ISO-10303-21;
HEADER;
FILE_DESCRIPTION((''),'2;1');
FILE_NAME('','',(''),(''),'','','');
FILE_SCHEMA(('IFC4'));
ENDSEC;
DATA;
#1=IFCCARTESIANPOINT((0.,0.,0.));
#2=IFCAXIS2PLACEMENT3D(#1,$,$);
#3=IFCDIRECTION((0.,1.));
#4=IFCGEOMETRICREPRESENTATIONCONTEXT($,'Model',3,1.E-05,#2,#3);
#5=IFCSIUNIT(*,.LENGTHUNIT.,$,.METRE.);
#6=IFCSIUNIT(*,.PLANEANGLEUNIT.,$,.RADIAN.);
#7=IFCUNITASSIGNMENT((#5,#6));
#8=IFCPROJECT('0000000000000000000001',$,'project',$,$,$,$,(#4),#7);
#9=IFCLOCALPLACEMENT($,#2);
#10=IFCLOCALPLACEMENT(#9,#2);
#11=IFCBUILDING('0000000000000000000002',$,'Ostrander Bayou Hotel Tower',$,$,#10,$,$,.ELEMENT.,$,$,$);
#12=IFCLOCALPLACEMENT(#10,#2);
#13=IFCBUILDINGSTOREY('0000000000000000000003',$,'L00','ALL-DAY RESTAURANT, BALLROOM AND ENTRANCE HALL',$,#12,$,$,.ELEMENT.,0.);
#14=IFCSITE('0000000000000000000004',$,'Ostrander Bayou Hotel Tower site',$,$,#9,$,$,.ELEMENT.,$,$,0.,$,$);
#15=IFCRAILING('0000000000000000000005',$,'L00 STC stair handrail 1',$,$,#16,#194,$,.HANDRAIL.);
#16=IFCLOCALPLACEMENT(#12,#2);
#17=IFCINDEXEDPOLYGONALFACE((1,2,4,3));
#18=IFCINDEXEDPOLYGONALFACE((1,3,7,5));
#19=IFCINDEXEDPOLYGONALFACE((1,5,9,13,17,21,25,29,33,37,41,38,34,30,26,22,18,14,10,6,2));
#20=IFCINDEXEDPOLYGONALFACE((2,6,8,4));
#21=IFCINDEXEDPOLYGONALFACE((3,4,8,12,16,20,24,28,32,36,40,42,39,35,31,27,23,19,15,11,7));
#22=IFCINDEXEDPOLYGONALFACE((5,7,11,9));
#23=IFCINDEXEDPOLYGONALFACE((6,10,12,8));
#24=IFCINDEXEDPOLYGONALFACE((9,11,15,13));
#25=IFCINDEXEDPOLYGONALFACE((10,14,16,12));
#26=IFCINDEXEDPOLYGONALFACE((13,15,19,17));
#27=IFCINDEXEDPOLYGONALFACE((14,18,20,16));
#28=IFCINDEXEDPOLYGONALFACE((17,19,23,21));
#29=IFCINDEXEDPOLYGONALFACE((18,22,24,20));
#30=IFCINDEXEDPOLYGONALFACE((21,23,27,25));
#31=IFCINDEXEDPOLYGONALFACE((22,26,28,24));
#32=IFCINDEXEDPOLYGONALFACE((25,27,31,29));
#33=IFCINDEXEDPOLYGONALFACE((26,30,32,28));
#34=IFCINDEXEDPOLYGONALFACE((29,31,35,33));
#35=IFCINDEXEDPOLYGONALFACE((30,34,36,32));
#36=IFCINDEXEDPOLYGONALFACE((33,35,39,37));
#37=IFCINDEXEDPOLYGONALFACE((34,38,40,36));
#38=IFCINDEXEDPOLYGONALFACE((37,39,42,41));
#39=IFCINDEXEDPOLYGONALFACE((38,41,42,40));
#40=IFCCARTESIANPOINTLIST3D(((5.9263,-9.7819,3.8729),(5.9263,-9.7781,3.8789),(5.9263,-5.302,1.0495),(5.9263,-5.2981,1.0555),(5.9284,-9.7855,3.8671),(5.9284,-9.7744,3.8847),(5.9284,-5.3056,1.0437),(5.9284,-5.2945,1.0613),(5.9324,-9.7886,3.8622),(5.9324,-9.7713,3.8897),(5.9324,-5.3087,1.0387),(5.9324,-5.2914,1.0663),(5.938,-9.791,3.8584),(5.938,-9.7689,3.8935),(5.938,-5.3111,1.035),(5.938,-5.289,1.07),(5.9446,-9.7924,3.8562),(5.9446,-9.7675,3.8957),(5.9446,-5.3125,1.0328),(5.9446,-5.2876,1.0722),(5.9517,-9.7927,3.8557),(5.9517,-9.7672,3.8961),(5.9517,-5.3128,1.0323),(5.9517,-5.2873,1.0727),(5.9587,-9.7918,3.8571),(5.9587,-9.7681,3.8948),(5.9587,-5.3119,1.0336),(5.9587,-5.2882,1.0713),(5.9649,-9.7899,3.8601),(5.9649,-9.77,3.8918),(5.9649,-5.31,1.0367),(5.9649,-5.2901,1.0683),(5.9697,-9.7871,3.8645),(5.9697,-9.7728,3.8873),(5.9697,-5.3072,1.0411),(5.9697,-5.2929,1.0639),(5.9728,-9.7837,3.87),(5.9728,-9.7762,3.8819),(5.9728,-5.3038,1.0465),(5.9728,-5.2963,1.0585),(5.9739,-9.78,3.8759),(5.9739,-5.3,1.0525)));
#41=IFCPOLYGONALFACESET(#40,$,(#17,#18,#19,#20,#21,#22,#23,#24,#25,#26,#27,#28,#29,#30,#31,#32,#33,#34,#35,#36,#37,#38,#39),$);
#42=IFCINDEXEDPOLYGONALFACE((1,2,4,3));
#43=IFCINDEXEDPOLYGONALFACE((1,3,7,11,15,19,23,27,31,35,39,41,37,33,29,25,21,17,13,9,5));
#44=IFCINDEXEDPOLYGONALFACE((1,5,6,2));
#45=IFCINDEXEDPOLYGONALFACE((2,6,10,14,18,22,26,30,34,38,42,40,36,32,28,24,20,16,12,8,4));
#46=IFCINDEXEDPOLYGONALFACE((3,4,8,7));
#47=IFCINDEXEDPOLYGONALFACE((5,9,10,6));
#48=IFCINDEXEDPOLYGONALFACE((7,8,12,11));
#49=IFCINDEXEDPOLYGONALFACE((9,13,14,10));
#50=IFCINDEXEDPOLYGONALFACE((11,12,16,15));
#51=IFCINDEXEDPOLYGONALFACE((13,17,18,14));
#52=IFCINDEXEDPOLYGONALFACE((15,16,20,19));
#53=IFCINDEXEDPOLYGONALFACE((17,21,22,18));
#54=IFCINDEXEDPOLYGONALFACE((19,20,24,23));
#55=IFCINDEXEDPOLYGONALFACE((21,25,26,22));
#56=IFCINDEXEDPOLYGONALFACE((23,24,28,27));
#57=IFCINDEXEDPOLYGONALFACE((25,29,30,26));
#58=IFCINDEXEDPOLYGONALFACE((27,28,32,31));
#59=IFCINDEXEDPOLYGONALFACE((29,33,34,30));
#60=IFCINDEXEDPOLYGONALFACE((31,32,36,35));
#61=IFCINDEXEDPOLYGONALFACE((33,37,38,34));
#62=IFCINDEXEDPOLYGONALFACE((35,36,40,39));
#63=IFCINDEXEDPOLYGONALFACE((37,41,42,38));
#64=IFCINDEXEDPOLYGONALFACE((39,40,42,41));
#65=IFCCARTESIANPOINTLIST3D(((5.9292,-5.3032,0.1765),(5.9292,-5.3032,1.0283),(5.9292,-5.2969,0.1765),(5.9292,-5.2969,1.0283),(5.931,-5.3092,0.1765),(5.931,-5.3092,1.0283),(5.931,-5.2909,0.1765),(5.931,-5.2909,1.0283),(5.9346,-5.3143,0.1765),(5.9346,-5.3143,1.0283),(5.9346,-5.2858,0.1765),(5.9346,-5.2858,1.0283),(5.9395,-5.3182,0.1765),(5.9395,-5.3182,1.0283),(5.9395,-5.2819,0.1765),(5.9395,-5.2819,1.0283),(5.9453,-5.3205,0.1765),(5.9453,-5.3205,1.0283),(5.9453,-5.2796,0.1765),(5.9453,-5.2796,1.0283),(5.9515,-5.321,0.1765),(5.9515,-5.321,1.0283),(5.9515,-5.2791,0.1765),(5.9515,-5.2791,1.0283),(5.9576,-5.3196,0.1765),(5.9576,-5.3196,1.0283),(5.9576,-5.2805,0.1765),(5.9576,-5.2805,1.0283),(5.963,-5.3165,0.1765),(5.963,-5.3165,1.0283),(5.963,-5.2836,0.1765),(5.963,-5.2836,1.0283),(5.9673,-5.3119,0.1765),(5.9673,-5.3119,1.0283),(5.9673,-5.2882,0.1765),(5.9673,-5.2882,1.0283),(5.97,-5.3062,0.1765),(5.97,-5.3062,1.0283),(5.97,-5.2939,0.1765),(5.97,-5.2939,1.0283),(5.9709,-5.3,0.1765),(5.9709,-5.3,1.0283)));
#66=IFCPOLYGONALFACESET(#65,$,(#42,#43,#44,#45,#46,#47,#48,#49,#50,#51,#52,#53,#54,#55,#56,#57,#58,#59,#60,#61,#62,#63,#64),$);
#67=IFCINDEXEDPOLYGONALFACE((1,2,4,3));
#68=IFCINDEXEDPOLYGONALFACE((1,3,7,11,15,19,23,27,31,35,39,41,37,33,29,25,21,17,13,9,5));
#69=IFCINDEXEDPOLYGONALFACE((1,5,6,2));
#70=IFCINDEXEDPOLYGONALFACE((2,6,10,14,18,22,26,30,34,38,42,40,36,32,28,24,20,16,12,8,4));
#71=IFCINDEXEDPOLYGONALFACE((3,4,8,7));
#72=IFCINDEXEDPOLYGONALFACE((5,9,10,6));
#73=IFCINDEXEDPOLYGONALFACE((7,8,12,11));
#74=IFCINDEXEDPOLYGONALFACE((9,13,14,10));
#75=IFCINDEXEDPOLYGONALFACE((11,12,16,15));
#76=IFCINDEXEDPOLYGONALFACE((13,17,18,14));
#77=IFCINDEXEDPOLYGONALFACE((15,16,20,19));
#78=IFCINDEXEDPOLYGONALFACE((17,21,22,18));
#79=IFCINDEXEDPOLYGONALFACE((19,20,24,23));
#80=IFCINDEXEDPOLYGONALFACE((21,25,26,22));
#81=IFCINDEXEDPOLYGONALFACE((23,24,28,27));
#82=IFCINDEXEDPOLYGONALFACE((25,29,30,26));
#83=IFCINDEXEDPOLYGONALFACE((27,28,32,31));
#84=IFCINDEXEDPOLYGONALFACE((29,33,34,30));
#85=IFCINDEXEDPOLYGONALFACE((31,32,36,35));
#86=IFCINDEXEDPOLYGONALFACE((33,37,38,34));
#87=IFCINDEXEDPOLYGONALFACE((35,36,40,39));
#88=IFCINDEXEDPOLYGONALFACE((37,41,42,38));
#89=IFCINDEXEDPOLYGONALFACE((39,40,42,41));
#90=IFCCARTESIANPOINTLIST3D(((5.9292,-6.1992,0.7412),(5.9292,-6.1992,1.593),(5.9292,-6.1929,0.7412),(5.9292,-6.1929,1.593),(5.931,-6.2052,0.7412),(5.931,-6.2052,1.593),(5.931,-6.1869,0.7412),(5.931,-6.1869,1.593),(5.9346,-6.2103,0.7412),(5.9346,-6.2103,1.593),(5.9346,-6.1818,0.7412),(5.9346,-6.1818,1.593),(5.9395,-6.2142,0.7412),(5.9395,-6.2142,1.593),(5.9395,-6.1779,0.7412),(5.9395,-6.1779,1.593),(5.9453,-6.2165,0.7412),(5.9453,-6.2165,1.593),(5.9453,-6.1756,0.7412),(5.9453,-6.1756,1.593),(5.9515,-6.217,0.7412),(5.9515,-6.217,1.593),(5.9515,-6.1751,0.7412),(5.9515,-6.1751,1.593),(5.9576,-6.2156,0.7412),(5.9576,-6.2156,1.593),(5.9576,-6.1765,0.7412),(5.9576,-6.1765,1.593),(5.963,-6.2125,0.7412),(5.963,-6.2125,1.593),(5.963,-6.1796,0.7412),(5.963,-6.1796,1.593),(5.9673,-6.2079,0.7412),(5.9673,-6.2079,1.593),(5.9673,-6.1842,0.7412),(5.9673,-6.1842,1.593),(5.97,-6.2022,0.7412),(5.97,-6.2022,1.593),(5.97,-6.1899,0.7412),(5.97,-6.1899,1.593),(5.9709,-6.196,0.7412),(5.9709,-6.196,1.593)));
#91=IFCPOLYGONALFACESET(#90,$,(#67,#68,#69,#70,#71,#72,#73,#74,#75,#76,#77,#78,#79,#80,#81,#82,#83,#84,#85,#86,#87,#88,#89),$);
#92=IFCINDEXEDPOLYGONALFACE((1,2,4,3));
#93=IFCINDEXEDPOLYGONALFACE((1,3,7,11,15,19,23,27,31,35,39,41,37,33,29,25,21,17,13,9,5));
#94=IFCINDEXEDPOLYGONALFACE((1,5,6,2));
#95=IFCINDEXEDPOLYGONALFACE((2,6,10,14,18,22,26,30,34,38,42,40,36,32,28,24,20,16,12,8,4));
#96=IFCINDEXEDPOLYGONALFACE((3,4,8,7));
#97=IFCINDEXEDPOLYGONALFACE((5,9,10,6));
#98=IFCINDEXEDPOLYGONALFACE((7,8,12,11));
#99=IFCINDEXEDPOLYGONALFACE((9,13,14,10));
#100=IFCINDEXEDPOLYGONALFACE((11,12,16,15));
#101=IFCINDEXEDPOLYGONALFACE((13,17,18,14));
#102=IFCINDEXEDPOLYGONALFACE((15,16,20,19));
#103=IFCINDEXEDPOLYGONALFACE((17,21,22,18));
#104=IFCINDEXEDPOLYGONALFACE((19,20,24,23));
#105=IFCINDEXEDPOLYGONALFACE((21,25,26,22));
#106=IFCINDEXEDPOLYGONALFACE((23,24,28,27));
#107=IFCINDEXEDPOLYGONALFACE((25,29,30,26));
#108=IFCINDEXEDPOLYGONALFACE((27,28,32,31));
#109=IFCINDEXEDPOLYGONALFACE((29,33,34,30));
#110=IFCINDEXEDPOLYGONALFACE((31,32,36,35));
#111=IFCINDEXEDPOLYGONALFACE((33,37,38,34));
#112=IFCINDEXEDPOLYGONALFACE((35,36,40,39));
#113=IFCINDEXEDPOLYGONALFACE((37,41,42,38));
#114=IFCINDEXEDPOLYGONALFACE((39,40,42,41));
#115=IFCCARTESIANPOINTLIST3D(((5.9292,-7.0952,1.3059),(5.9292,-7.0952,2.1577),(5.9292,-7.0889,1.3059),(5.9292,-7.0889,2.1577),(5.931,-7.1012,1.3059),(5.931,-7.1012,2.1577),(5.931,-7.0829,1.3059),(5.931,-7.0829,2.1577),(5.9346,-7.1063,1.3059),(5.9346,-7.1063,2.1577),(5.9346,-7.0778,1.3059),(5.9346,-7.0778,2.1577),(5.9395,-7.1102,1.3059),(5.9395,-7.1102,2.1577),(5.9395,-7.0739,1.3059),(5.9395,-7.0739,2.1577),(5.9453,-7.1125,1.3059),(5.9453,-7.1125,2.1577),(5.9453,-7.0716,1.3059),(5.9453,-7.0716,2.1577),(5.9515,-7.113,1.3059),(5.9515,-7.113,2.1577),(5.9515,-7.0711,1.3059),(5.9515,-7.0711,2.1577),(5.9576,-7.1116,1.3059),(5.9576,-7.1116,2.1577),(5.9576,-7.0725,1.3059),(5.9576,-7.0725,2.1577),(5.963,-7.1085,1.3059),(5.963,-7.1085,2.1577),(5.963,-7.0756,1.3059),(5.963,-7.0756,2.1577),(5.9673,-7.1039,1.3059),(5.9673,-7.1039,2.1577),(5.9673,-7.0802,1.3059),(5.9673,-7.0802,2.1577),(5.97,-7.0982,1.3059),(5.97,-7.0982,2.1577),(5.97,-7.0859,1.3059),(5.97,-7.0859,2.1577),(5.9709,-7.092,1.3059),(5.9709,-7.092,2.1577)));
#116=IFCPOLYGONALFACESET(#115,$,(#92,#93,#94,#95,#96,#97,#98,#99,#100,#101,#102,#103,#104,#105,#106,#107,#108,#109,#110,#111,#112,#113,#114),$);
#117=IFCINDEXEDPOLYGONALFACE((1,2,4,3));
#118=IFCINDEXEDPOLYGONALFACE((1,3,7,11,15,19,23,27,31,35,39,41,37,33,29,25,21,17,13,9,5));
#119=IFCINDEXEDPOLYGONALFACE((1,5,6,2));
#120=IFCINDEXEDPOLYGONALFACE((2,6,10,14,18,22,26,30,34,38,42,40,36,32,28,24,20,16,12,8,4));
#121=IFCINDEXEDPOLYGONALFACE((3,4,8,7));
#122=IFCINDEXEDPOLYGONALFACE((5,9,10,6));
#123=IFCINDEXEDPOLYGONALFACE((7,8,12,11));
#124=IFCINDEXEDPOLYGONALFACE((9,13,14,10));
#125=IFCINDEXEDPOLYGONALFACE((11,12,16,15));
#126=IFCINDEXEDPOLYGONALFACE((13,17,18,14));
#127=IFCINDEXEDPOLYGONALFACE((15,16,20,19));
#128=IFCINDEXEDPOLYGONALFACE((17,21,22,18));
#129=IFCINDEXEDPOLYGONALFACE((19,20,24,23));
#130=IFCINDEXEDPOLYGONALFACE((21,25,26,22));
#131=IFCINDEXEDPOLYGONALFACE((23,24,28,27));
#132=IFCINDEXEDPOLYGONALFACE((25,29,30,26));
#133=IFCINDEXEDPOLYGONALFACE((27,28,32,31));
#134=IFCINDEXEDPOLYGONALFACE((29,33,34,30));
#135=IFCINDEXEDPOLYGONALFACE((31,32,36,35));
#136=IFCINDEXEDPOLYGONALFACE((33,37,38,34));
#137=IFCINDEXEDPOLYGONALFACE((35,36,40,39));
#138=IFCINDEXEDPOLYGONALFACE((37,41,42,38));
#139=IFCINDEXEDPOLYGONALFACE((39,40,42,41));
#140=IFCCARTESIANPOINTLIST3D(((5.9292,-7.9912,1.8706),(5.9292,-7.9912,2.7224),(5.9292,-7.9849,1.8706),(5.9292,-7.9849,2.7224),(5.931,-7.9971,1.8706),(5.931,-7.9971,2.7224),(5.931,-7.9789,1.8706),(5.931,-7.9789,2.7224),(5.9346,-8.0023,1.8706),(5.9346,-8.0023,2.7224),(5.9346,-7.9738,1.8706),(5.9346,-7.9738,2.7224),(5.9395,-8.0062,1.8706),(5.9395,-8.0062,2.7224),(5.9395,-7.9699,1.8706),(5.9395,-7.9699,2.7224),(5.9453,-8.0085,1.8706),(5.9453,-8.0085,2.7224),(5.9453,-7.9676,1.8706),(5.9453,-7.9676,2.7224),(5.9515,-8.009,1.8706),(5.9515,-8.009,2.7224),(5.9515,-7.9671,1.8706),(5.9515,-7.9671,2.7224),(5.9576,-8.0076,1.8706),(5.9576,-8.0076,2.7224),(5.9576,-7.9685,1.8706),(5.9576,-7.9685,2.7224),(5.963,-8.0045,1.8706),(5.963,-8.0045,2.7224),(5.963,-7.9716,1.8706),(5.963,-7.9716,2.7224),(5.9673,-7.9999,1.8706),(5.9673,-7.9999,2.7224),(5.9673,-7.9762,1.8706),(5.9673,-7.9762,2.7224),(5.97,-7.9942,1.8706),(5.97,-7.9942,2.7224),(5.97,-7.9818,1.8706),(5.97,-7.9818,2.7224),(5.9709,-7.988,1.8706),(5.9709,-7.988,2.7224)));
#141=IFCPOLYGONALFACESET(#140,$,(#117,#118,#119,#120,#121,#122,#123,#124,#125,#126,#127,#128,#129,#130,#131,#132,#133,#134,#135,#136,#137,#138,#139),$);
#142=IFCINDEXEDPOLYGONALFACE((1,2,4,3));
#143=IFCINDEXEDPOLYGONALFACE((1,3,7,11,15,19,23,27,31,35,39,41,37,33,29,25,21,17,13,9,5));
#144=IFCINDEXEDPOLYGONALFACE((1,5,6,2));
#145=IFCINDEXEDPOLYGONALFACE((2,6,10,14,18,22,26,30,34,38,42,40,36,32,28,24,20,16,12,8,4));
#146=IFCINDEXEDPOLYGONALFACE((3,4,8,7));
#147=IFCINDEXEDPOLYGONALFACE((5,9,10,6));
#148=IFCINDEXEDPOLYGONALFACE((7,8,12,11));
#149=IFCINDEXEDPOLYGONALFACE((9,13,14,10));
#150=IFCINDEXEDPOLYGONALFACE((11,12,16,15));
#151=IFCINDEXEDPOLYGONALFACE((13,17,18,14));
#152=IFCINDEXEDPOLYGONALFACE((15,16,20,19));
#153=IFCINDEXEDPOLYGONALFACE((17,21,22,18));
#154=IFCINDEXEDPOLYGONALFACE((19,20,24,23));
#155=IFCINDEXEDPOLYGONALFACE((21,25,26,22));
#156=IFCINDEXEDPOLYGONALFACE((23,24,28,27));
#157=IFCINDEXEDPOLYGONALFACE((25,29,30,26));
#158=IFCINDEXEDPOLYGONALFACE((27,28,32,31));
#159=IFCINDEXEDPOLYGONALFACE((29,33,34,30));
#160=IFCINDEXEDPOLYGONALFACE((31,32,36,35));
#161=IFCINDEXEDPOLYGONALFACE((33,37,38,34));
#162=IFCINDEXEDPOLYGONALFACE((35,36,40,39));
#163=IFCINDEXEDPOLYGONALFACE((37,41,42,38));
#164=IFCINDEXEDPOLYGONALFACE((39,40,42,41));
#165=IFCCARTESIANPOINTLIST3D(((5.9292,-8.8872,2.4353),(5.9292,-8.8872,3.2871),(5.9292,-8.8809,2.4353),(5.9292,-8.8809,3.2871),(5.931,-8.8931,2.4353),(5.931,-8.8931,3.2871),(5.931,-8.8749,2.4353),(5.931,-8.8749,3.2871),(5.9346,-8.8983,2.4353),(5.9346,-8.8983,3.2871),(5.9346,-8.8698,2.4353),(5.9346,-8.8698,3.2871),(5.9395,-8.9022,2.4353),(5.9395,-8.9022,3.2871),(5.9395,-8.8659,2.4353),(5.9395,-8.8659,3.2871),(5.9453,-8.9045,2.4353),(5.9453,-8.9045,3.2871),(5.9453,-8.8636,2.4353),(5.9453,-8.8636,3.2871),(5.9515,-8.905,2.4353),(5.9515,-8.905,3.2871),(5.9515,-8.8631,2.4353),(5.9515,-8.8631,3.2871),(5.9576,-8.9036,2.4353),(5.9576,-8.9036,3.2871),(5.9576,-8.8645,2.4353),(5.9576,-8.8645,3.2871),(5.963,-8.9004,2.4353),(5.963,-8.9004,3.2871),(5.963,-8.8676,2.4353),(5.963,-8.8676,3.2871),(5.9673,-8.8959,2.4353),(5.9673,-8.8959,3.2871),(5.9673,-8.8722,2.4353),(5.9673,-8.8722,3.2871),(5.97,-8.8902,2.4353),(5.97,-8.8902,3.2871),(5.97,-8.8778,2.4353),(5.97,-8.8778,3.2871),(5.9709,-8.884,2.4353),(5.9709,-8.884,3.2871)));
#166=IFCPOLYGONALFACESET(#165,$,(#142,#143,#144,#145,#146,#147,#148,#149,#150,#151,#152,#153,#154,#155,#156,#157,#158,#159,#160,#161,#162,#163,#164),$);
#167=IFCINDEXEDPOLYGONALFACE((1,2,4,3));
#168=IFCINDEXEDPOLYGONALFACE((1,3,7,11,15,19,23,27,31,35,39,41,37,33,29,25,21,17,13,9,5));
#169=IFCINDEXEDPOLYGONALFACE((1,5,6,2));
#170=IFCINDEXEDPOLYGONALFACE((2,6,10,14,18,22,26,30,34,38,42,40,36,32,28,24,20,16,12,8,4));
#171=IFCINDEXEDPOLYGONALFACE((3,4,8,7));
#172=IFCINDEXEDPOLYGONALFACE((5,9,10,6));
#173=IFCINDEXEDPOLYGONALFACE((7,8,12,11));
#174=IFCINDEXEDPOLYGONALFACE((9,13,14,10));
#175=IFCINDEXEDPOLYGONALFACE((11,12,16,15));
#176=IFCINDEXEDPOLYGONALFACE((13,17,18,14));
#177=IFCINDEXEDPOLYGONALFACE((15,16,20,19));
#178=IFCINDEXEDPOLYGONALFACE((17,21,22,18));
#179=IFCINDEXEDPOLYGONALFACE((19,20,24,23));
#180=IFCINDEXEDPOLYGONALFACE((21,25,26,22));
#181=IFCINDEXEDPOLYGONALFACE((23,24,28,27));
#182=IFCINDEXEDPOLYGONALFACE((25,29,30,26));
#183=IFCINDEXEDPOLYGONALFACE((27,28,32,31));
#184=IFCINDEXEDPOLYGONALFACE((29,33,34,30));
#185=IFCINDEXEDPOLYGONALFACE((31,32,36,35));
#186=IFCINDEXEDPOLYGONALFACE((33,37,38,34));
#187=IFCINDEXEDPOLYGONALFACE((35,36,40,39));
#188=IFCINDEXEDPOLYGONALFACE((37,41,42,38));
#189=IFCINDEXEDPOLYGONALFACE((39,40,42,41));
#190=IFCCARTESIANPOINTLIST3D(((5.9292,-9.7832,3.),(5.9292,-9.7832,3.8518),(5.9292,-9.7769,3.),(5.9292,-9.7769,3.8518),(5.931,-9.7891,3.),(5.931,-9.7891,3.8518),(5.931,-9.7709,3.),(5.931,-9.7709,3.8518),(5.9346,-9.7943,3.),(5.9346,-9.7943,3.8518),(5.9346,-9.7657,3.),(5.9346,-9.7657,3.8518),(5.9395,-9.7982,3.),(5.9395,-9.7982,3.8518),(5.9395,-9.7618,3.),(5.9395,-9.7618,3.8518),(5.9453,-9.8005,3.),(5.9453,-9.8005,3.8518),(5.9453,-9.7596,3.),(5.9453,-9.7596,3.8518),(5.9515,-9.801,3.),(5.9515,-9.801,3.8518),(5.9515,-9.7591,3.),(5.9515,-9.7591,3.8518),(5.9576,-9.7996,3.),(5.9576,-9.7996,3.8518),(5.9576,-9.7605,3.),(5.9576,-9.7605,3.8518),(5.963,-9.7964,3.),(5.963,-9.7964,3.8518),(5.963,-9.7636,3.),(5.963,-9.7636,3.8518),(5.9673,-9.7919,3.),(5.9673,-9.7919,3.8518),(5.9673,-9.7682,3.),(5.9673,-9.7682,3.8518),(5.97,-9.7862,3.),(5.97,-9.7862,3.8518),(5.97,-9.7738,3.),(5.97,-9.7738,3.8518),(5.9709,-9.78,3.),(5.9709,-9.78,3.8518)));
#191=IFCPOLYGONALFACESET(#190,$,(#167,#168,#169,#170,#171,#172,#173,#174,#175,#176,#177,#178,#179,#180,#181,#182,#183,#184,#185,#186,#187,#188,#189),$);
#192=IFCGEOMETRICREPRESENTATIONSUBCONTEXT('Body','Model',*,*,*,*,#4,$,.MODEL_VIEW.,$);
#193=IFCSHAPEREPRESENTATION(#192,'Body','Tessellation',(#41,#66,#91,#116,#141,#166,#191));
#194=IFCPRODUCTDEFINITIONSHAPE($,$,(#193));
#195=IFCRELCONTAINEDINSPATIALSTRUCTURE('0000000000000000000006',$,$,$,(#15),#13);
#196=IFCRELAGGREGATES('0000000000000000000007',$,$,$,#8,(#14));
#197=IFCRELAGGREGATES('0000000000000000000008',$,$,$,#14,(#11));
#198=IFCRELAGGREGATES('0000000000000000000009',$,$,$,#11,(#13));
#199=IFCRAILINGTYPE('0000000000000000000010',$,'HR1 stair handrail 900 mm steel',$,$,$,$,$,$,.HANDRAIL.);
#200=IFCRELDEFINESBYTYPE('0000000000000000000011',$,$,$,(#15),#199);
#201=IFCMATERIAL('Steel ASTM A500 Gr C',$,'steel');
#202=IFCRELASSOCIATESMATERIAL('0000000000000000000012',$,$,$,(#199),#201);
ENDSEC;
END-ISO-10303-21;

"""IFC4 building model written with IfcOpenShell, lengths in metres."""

from ifc_helpers import new_model, si_unit, direction, frame, origin, origin_2d, place, context, subcontext, project, spatial, circle, extrude, material, type_object, element, save


model = new_model("IFC4")

# Units and contexts
model_context = context("Model", 3, precision=1e-05, world=origin(), true_north=direction((0.0, 1.0)))
body_context = subcontext(model_context, "Body", "Model", "MODEL_VIEW")
ifc_project = project(units=[si_unit("LENGTHUNIT", "METRE"), si_unit("PLANEANGLEUNIT", "RADIAN")], contexts=[model_context])

# Site, building, storey
site_placement = place(None, origin())
site = spatial("IfcSite", under=ifc_project, at=site_placement, Name="Ostrander Bayou Hotel Tower site", CompositionType="ELEMENT", RefElevation=0.0)
building_placement = place(site_placement, origin())
building = spatial("IfcBuilding", under=site, at=building_placement, Name="Ostrander Bayou Hotel Tower", CompositionType="ELEMENT")
storey_placement = place(building_placement, origin())
storey = spatial("IfcBuildingStorey", under=building, at=storey_placement, Name="L00", Description="ALL-DAY RESTAURANT, BALLROOM AND ENTRANCE HALL", CompositionType="ELEMENT", Elevation=0.0)

# Railing
ifc_material_1 = material(Name="Steel ASTM A500 Gr C", Category="steel")
railing_type_1 = type_object("IfcRailingType", Name="HR1 stair handrail 900 mm steel", PredefinedType="HANDRAIL", material=ifc_material_1)
railing_1_placement = place(storey_placement, frame((5.95, -5.3, 0.1765)))
element("IfcRailing", 1, at=railing_1_placement, inside=storey, type_object=railing_type_1, Name="L00 STC stair handrail 1", PredefinedType="HANDRAIL", context=body_context, shape_type="SweptSolid", body=[
    extrude(circle(Radius=0.0239, at=origin_2d()), frame((0.0, 0.0, 0.876), z_axis=(0.0, -0.845998, 0.533186), x_axis=(1.0, 0.0, 0.0)), (0.0, 0.0, 1.0), 5.2954),
    extrude(circle(Radius=0.021, at=origin_2d()), origin(), (0.0, 0.0, 1.0), 0.8518),
    extrude(circle(Radius=0.021, at=origin_2d()), frame((0.0, -0.896, 0.5647)), (0.0, 0.0, 1.0), 0.8518),
    extrude(circle(Radius=0.021, at=origin_2d()), frame((0.0, -1.792, 1.1294)), (0.0, 0.0, 1.0), 0.8518),
    extrude(circle(Radius=0.021, at=origin_2d()), frame((0.0, -2.688, 1.6941)), (0.0, 0.0, 1.0), 0.8518),
    extrude(circle(Radius=0.021, at=origin_2d()), frame((0.0, -3.584, 2.2588)), (0.0, 0.0, 1.0), 0.8518),
    extrude(circle(Radius=0.021, at=origin_2d()), frame((0.0, -4.48, 2.8235)), (0.0, 0.0, 1.0), 0.8518),
])

save(model, "model.ifc")
